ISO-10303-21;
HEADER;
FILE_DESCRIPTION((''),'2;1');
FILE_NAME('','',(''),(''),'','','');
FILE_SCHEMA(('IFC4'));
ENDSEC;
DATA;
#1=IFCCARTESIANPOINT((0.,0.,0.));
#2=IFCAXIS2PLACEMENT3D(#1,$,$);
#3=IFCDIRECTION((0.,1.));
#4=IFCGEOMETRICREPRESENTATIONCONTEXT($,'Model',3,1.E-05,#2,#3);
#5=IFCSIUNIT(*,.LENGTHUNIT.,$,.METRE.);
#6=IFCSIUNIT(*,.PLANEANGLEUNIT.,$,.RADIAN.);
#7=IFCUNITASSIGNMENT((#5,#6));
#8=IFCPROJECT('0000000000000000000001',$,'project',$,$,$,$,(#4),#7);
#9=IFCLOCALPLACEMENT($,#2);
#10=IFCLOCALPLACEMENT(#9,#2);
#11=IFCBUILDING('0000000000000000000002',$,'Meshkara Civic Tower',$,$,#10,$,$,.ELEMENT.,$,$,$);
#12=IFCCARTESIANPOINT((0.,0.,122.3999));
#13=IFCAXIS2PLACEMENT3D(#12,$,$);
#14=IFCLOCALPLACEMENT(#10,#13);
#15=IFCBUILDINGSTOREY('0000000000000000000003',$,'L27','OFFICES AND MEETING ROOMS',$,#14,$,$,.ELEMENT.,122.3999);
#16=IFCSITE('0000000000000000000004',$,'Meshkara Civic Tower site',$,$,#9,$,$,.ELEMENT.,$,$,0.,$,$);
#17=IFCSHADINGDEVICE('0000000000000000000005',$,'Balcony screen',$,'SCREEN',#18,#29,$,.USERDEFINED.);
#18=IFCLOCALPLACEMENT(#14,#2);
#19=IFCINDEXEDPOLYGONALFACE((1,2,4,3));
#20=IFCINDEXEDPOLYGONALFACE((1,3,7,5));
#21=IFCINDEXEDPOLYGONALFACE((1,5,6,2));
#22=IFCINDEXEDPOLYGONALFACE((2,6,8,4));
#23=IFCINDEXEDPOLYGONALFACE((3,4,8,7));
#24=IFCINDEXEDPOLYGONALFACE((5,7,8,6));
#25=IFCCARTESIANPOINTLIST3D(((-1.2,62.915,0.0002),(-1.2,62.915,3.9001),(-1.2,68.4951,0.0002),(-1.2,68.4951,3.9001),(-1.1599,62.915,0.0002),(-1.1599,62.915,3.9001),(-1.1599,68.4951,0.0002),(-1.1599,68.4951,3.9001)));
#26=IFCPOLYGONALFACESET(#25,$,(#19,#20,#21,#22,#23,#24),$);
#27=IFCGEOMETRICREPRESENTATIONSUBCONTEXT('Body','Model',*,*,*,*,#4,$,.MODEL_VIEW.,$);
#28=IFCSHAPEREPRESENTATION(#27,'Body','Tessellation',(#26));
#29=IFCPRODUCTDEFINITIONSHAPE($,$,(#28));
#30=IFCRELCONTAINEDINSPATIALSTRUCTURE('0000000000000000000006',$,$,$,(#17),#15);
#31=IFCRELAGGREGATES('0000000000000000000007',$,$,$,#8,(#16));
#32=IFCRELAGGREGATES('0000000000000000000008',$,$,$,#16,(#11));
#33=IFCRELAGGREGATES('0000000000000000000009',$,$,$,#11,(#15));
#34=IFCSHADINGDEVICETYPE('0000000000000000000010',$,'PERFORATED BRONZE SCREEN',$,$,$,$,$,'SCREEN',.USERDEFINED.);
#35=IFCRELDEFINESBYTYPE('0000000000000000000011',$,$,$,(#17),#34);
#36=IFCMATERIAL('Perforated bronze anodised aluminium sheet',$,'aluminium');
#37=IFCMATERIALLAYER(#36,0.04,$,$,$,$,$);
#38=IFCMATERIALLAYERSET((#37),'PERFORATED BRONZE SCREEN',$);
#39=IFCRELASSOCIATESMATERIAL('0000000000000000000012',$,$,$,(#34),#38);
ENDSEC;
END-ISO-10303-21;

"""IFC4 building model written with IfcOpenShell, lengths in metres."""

from ifc_helpers import new_model, si_unit, direction, frame, origin, origin_2d, place, context, subcontext, project, spatial, rectangle, extrude, material, layer, layer_set, type_object, element, save


model = new_model("IFC4")

# Units and contexts
model_context = context("Model", 3, precision=1e-05, world=origin(), true_north=direction((0.0, 1.0)))
body_context = subcontext(model_context, "Body", "Model", "MODEL_VIEW")
ifc_project = project(units=[si_unit("LENGTHUNIT", "METRE"), si_unit("PLANEANGLEUNIT", "RADIAN")], contexts=[model_context])

# Site, building, storey
site_placement = place(None, origin())
site = spatial("IfcSite", under=ifc_project, at=site_placement, Name="Meshkara Civic Tower site", CompositionType="ELEMENT", RefElevation=0.0)
building_placement = place(site_placement, origin())
building = spatial("IfcBuilding", under=site, at=building_placement, Name="Meshkara Civic Tower", CompositionType="ELEMENT")
storey_placement = place(building_placement, frame((0.0, 0.0, 122.3999)))
storey = spatial("IfcBuildingStorey", under=building, at=storey_placement, Name="L27", Description="OFFICES AND MEETING ROOMS", CompositionType="ELEMENT", Elevation=122.3999)

# Shading device
ifc_material_1 = material(Name="Perforated bronze anodised aluminium sheet", Category="aluminium")
ifc_layer_1 = layer(ifc_material_1, 0.04)
ifc_layer_set_1 = layer_set([ifc_layer_1], Name="PERFORATED BRONZE SCREEN")
shading_device_type = type_object("IfcShadingDeviceType", Name="PERFORATED BRONZE SCREEN", ElementType="SCREEN", PredefinedType="USERDEFINED", material=ifc_layer_set_1)
shading_device_placement = place(storey_placement, frame((-1.1799, 65.7051, 0.0002), z_axis=(0.0, 0.0, 1.0), x_axis=(0.0, -1.0, 0.0)))
element("IfcShadingDevice", 1, at=shading_device_placement, inside=storey, type_object=shading_device_type, Name="Balcony screen", ObjectType="SCREEN", PredefinedType="USERDEFINED", context=body_context, shape_type="SweptSolid", body=[
    extrude(rectangle(XDim=5.5801, YDim=0.04, at=origin_2d()), origin(), (0.0, 0.0, 1.0), 3.8999),
])

save(model, "model.ifc")
